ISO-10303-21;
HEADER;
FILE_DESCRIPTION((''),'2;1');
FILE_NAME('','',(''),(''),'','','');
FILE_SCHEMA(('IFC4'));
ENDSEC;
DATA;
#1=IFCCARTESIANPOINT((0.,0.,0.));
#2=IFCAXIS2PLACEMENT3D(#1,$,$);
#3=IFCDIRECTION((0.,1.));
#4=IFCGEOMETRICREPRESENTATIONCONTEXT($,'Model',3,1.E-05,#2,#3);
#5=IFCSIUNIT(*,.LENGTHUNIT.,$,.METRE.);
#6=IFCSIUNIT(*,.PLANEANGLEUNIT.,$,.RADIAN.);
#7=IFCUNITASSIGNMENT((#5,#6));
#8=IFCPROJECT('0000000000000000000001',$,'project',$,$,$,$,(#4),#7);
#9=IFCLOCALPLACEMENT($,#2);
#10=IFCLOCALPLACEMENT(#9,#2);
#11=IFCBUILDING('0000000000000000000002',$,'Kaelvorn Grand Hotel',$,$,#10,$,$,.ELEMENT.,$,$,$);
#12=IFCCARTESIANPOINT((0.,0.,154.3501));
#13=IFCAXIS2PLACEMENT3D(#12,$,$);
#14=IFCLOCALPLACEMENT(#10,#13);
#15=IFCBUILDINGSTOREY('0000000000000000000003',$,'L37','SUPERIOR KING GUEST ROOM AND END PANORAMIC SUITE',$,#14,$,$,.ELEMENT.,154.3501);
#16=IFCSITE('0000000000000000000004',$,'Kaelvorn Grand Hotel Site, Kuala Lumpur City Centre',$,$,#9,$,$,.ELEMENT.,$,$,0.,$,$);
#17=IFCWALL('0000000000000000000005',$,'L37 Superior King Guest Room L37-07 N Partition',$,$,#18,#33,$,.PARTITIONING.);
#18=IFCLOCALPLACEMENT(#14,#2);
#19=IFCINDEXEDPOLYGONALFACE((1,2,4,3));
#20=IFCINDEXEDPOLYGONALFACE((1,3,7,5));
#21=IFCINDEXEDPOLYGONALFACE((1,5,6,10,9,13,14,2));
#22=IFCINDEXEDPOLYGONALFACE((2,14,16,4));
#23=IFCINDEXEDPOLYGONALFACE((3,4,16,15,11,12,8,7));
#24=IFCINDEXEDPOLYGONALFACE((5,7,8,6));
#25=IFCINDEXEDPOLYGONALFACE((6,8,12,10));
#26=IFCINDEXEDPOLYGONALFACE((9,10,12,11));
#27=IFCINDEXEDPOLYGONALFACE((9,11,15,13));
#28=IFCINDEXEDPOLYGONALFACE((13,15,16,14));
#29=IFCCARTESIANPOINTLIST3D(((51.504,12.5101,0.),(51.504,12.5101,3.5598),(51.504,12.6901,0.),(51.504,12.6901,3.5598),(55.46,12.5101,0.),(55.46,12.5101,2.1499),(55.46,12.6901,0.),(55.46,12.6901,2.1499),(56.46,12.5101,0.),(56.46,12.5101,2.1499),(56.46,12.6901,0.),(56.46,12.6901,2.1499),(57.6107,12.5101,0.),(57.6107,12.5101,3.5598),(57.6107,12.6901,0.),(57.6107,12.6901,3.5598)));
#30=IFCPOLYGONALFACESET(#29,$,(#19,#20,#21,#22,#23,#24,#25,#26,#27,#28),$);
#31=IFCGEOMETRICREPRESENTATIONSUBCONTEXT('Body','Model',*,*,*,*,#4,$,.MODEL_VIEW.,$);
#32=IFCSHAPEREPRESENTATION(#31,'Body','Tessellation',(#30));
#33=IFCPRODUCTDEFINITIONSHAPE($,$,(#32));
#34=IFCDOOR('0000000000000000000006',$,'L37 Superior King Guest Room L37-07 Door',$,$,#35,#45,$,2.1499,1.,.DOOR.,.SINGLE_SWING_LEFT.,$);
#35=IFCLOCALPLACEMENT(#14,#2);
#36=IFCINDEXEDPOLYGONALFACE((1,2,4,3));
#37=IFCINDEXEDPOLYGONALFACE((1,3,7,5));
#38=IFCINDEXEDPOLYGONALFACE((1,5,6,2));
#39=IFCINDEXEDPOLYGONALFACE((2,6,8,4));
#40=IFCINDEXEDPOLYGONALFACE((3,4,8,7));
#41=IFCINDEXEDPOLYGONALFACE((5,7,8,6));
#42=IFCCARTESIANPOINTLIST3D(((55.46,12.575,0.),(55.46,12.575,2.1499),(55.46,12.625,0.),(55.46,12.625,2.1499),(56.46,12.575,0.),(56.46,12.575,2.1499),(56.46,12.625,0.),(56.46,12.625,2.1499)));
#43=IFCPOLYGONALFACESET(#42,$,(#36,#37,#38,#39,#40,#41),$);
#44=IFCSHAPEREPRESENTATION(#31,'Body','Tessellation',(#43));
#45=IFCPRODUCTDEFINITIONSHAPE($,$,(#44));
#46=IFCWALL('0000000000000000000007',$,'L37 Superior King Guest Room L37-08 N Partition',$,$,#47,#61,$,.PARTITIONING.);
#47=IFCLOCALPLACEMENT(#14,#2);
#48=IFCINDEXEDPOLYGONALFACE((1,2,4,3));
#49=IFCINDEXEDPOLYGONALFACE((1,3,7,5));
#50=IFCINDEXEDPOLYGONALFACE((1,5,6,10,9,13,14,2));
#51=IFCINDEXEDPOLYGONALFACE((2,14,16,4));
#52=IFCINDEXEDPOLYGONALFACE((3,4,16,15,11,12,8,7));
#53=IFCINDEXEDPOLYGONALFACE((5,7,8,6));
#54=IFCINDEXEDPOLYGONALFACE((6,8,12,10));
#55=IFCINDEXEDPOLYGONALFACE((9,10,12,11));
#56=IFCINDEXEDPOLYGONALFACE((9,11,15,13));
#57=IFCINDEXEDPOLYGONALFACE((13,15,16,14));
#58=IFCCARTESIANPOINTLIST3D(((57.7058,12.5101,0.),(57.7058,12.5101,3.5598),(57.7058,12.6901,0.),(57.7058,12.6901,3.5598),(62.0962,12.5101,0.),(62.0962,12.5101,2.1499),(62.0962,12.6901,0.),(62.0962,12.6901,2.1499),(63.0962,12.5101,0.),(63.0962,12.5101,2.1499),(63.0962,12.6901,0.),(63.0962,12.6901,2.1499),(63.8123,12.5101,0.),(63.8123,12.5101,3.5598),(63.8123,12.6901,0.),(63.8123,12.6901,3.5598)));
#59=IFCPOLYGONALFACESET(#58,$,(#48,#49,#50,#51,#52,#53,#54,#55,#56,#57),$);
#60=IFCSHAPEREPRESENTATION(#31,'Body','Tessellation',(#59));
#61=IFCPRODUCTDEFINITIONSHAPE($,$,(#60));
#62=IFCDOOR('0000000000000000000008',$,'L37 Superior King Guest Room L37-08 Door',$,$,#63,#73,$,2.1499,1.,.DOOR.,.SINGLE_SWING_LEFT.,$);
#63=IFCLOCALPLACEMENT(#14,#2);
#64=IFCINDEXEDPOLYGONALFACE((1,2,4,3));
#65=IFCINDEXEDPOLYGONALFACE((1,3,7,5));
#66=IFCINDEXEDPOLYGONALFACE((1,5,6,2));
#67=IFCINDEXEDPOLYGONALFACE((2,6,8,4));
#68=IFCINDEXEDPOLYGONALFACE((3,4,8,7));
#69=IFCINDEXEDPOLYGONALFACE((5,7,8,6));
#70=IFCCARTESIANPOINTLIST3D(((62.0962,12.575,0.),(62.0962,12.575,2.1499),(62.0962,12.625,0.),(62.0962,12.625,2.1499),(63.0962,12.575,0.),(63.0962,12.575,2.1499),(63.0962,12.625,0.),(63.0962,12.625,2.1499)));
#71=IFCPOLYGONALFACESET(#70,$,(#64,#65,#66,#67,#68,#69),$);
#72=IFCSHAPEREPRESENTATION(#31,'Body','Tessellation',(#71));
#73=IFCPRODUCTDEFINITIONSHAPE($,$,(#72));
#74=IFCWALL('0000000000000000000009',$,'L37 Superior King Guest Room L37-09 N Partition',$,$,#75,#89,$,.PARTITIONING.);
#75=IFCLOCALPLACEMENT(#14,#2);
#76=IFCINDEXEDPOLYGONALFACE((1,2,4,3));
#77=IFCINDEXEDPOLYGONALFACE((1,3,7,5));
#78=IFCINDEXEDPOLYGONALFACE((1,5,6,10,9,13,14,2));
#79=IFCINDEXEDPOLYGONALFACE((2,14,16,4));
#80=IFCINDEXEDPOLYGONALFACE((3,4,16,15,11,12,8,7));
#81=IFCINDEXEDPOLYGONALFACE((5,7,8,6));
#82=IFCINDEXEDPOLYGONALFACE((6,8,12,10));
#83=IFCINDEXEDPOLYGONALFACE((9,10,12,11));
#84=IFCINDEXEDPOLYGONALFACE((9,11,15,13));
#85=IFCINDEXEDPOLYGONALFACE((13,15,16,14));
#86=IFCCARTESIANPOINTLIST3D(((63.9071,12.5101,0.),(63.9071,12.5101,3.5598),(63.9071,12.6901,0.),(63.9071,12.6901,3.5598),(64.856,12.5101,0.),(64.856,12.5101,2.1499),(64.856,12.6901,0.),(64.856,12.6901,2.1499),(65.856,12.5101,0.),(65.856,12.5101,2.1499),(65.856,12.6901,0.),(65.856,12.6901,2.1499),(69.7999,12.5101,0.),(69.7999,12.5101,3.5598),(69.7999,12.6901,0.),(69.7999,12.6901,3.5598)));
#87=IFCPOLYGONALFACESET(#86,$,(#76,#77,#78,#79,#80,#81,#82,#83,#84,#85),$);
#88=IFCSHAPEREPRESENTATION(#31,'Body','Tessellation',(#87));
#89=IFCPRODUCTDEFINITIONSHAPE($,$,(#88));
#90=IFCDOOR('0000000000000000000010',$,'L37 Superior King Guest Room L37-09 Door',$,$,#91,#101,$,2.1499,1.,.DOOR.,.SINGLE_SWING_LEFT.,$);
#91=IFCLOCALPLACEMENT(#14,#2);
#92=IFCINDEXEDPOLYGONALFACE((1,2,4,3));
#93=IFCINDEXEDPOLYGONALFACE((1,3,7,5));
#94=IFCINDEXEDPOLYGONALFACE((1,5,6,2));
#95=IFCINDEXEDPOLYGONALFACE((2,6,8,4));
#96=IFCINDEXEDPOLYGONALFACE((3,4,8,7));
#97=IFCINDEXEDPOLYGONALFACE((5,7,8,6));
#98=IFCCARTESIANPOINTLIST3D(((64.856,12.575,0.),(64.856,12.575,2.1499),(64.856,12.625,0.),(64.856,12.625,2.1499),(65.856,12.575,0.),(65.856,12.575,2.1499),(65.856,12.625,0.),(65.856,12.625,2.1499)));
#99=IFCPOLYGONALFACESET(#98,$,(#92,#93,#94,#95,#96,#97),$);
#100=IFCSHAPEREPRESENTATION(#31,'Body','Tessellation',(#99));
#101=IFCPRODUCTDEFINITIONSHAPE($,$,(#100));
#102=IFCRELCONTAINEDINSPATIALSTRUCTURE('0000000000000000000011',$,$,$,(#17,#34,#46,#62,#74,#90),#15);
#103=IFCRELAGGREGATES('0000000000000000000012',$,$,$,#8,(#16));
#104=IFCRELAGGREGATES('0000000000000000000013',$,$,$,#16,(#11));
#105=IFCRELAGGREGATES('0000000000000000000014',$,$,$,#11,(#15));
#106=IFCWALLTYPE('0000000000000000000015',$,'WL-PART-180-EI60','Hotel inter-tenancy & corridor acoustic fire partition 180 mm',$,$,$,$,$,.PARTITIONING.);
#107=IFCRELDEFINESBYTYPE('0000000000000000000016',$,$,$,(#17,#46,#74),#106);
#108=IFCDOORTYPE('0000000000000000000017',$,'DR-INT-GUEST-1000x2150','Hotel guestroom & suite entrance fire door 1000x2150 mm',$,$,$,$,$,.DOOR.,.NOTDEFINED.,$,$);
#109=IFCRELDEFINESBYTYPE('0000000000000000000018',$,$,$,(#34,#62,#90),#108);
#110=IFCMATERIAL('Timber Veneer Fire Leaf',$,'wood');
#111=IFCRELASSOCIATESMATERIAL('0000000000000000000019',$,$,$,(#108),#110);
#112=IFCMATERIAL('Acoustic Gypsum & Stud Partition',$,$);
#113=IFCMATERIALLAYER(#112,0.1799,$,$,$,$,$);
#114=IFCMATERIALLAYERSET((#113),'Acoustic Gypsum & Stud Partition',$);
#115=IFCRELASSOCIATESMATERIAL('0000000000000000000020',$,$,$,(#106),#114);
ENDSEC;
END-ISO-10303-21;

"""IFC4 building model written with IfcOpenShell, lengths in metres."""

from ifc_helpers import new_model, si_unit, direction, frame, frame_2d, origin, place, context, subcontext, project, spatial, rectangle, extrude, material, layer, layer_set, type_object, element, fill, save


model = new_model("IFC4")

# Units and contexts
model_context = context("Model", 3, precision=1e-05, world=origin(), true_north=direction((0.0, 1.0)))
body_context = subcontext(model_context, "Body", "Model", "MODEL_VIEW")
ifc_project = project(units=[si_unit("LENGTHUNIT", "METRE"), si_unit("PLANEANGLEUNIT", "RADIAN")], contexts=[model_context])

# Site, building, storey
site_placement = place(None, origin())
site = spatial("IfcSite", under=ifc_project, at=site_placement, Name="Kaelvorn Grand Hotel Site, Kuala Lumpur City Centre", CompositionType="ELEMENT", RefElevation=0.0)
building_placement = place(site_placement, origin())
building = spatial("IfcBuilding", under=site, at=building_placement, Name="Kaelvorn Grand Hotel", CompositionType="ELEMENT")
storey_placement = place(building_placement, frame((0.0, 0.0, 154.3501)))
storey = spatial("IfcBuildingStorey", under=building, at=storey_placement, Name="L37", Description="SUPERIOR KING GUEST ROOM AND END PANORAMIC SUITE", CompositionType="ELEMENT", Elevation=154.3501)

# Shared definitions
ifc_material_1 = material(Name="Acoustic Gypsum & Stud Partition")
ifc_material_2 = material(Name="Timber Veneer Fire Leaf", Category="wood")

# Shared definitions
door_type_1 = type_object("IfcDoorType", Name="DR-INT-GUEST-1000x2150", Description="Hotel guestroom & suite entrance fire door 1000x2150 mm", OperationType="NOTDEFINED", PredefinedType="DOOR", material=ifc_material_2)

# Walls, openings, doors
ifc_layer_1 = layer(ifc_material_1, 0.1799)
ifc_layer_set_1 = layer_set([ifc_layer_1], Name="Acoustic Gypsum & Stud Partition")
wall_type_1 = type_object("IfcWallType", Name="WL-PART-180-EI60", Description="Hotel inter-tenancy & corridor acoustic fire partition 180 mm", PredefinedType="PARTITIONING", material=ifc_layer_set_1)
wall_1_placement = place(storey_placement, frame((51.5042, 12.6001, 0.0), z_axis=(0.0, 0.0, 1.0), x_axis=(1.0, 0.0, 0.0)))
wall_1 = element("IfcWall", 1, at=wall_1_placement, inside=storey, type_object=wall_type_1, Name="L37 Superior King Guest Room L37-07 N Partition", PredefinedType="PARTITIONING", context=body_context, shape_type="SweptSolid", body=[
    extrude(rectangle(XDim=6.1067, YDim=0.1799, at=frame_2d((3.0532, 0.0))), origin(), (0.0, 0.0, 1.0), 3.5598),
])
opening_1_placement = place(wall_1_placement, frame((3.9558, 0.0, 0.0)))
opening_1 = element("IfcOpeningElement", 2, at=opening_1_placement, cuts=wall_1, PredefinedType="OPENING", context=body_context, shape_type="SweptSolid", body=[
    extrude(rectangle(XDim=1.0, YDim=2.1499, at=frame_2d((0.5, 1.075))), frame((0.0, 0.1001, 0.0), z_axis=(0.0, -1.0, 0.0), x_axis=(1.0, 0.0, 0.0)), (0.0, 0.0, 1.0), 0.2),
])
door_1_placement = place(opening_1_placement, origin())
door_1 = element("IfcDoor", 3, at=door_1_placement, inside=storey, type_object=door_type_1, Name="L37 Superior King Guest Room L37-07 Door", OperationType="SINGLE_SWING_LEFT", OverallHeight=2.1499, OverallWidth=1.0, PredefinedType="DOOR", context=body_context, shape_type="SweptSolid", body=[
    extrude(rectangle(XDim=1.0, YDim=2.1499, at=frame_2d((0.5, 1.075))), frame((0.0, 0.0249, 0.0), z_axis=(0.0, -1.0, 0.0), x_axis=(1.0, 0.0, 0.0)), (0.0, 0.0, 1.0), 0.05),
])
fill(opening_1, door_1)
wall_2_placement = place(storey_placement, frame((57.7058, 12.6001, 0.0), z_axis=(0.0, 0.0, 1.0), x_axis=(1.0, 0.0, 0.0)))
wall_2 = element("IfcWall", 4, at=wall_2_placement, inside=storey, type_object=wall_type_1, Name="L37 Superior King Guest Room L37-08 N Partition", PredefinedType="PARTITIONING", context=body_context, shape_type="SweptSolid", body=[
    extrude(rectangle(XDim=6.1064, YDim=0.1799, at=frame_2d((3.0532, 0.0))), origin(), (0.0, 0.0, 1.0), 3.5598),
])
opening_2_placement = place(wall_2_placement, frame((4.3904, 0.0, 0.0)))
opening_2 = element("IfcOpeningElement", 5, at=opening_2_placement, cuts=wall_2, PredefinedType="OPENING", context=body_context, shape_type="SweptSolid", body=[
    extrude(rectangle(XDim=1.0, YDim=2.1499, at=frame_2d((0.5, 1.075))), frame((0.0, 0.1001, 0.0), z_axis=(0.0, -1.0, 0.0), x_axis=(1.0, 0.0, 0.0)), (0.0, 0.0, 1.0), 0.2),
])
door_2_placement = place(opening_2_placement, origin())
door_2 = element("IfcDoor", 6, at=door_2_placement, inside=storey, type_object=door_type_1, Name="L37 Superior King Guest Room L37-08 Door", OperationType="SINGLE_SWING_LEFT", OverallHeight=2.1499, OverallWidth=1.0, PredefinedType="DOOR", context=body_context, shape_type="SweptSolid", body=[
    extrude(rectangle(XDim=1.0, YDim=2.1499, at=frame_2d((0.5, 1.075))), frame((0.0, 0.0249, 0.0), z_axis=(0.0, -1.0, 0.0), x_axis=(1.0, 0.0, 0.0)), (0.0, 0.0, 1.0), 0.05),
])
fill(opening_2, door_2)
wall_3_placement = place(storey_placement, frame((63.9072, 12.6001, 0.0), z_axis=(0.0, 0.0, 1.0), x_axis=(1.0, 0.0, 0.0)))
wall_3 = element("IfcWall", 7, at=wall_3_placement, inside=storey, type_object=wall_type_1, Name="L37 Superior King Guest Room L37-09 N Partition", PredefinedType="PARTITIONING", context=body_context, shape_type="SweptSolid", body=[
    extrude(rectangle(XDim=5.8928, YDim=0.1799, at=frame_2d((2.9463, 0.0))), origin(), (0.0, 0.0, 1.0), 3.5598),
])
opening_3_placement = place(wall_3_placement, frame((0.9487, 0.0, 0.0)))
opening_3 = element("IfcOpeningElement", 8, at=opening_3_placement, cuts=wall_3, PredefinedType="OPENING", context=body_context, shape_type="SweptSolid", body=[
    extrude(rectangle(XDim=1.0, YDim=2.1499, at=frame_2d((0.5, 1.075))), frame((0.0, 0.1001, 0.0), z_axis=(0.0, -1.0, 0.0), x_axis=(1.0, 0.0, 0.0)), (0.0, 0.0, 1.0), 0.2),
])
door_3_placement = place(opening_3_placement, origin())
door_3 = element("IfcDoor", 9, at=door_3_placement, inside=storey, type_object=door_type_1, Name="L37 Superior King Guest Room L37-09 Door", OperationType="SINGLE_SWING_LEFT", OverallHeight=2.1499, OverallWidth=1.0, PredefinedType="DOOR", context=body_context, shape_type="SweptSolid", body=[
    extrude(rectangle(XDim=1.0, YDim=2.1499, at=frame_2d((0.5, 1.075))), frame((0.0, 0.0249, 0.0), z_axis=(0.0, -1.0, 0.0), x_axis=(1.0, 0.0, 0.0)), (0.0, 0.0, 1.0), 0.05),
])
fill(opening_3, door_3)

save(model, "model.ifc")
